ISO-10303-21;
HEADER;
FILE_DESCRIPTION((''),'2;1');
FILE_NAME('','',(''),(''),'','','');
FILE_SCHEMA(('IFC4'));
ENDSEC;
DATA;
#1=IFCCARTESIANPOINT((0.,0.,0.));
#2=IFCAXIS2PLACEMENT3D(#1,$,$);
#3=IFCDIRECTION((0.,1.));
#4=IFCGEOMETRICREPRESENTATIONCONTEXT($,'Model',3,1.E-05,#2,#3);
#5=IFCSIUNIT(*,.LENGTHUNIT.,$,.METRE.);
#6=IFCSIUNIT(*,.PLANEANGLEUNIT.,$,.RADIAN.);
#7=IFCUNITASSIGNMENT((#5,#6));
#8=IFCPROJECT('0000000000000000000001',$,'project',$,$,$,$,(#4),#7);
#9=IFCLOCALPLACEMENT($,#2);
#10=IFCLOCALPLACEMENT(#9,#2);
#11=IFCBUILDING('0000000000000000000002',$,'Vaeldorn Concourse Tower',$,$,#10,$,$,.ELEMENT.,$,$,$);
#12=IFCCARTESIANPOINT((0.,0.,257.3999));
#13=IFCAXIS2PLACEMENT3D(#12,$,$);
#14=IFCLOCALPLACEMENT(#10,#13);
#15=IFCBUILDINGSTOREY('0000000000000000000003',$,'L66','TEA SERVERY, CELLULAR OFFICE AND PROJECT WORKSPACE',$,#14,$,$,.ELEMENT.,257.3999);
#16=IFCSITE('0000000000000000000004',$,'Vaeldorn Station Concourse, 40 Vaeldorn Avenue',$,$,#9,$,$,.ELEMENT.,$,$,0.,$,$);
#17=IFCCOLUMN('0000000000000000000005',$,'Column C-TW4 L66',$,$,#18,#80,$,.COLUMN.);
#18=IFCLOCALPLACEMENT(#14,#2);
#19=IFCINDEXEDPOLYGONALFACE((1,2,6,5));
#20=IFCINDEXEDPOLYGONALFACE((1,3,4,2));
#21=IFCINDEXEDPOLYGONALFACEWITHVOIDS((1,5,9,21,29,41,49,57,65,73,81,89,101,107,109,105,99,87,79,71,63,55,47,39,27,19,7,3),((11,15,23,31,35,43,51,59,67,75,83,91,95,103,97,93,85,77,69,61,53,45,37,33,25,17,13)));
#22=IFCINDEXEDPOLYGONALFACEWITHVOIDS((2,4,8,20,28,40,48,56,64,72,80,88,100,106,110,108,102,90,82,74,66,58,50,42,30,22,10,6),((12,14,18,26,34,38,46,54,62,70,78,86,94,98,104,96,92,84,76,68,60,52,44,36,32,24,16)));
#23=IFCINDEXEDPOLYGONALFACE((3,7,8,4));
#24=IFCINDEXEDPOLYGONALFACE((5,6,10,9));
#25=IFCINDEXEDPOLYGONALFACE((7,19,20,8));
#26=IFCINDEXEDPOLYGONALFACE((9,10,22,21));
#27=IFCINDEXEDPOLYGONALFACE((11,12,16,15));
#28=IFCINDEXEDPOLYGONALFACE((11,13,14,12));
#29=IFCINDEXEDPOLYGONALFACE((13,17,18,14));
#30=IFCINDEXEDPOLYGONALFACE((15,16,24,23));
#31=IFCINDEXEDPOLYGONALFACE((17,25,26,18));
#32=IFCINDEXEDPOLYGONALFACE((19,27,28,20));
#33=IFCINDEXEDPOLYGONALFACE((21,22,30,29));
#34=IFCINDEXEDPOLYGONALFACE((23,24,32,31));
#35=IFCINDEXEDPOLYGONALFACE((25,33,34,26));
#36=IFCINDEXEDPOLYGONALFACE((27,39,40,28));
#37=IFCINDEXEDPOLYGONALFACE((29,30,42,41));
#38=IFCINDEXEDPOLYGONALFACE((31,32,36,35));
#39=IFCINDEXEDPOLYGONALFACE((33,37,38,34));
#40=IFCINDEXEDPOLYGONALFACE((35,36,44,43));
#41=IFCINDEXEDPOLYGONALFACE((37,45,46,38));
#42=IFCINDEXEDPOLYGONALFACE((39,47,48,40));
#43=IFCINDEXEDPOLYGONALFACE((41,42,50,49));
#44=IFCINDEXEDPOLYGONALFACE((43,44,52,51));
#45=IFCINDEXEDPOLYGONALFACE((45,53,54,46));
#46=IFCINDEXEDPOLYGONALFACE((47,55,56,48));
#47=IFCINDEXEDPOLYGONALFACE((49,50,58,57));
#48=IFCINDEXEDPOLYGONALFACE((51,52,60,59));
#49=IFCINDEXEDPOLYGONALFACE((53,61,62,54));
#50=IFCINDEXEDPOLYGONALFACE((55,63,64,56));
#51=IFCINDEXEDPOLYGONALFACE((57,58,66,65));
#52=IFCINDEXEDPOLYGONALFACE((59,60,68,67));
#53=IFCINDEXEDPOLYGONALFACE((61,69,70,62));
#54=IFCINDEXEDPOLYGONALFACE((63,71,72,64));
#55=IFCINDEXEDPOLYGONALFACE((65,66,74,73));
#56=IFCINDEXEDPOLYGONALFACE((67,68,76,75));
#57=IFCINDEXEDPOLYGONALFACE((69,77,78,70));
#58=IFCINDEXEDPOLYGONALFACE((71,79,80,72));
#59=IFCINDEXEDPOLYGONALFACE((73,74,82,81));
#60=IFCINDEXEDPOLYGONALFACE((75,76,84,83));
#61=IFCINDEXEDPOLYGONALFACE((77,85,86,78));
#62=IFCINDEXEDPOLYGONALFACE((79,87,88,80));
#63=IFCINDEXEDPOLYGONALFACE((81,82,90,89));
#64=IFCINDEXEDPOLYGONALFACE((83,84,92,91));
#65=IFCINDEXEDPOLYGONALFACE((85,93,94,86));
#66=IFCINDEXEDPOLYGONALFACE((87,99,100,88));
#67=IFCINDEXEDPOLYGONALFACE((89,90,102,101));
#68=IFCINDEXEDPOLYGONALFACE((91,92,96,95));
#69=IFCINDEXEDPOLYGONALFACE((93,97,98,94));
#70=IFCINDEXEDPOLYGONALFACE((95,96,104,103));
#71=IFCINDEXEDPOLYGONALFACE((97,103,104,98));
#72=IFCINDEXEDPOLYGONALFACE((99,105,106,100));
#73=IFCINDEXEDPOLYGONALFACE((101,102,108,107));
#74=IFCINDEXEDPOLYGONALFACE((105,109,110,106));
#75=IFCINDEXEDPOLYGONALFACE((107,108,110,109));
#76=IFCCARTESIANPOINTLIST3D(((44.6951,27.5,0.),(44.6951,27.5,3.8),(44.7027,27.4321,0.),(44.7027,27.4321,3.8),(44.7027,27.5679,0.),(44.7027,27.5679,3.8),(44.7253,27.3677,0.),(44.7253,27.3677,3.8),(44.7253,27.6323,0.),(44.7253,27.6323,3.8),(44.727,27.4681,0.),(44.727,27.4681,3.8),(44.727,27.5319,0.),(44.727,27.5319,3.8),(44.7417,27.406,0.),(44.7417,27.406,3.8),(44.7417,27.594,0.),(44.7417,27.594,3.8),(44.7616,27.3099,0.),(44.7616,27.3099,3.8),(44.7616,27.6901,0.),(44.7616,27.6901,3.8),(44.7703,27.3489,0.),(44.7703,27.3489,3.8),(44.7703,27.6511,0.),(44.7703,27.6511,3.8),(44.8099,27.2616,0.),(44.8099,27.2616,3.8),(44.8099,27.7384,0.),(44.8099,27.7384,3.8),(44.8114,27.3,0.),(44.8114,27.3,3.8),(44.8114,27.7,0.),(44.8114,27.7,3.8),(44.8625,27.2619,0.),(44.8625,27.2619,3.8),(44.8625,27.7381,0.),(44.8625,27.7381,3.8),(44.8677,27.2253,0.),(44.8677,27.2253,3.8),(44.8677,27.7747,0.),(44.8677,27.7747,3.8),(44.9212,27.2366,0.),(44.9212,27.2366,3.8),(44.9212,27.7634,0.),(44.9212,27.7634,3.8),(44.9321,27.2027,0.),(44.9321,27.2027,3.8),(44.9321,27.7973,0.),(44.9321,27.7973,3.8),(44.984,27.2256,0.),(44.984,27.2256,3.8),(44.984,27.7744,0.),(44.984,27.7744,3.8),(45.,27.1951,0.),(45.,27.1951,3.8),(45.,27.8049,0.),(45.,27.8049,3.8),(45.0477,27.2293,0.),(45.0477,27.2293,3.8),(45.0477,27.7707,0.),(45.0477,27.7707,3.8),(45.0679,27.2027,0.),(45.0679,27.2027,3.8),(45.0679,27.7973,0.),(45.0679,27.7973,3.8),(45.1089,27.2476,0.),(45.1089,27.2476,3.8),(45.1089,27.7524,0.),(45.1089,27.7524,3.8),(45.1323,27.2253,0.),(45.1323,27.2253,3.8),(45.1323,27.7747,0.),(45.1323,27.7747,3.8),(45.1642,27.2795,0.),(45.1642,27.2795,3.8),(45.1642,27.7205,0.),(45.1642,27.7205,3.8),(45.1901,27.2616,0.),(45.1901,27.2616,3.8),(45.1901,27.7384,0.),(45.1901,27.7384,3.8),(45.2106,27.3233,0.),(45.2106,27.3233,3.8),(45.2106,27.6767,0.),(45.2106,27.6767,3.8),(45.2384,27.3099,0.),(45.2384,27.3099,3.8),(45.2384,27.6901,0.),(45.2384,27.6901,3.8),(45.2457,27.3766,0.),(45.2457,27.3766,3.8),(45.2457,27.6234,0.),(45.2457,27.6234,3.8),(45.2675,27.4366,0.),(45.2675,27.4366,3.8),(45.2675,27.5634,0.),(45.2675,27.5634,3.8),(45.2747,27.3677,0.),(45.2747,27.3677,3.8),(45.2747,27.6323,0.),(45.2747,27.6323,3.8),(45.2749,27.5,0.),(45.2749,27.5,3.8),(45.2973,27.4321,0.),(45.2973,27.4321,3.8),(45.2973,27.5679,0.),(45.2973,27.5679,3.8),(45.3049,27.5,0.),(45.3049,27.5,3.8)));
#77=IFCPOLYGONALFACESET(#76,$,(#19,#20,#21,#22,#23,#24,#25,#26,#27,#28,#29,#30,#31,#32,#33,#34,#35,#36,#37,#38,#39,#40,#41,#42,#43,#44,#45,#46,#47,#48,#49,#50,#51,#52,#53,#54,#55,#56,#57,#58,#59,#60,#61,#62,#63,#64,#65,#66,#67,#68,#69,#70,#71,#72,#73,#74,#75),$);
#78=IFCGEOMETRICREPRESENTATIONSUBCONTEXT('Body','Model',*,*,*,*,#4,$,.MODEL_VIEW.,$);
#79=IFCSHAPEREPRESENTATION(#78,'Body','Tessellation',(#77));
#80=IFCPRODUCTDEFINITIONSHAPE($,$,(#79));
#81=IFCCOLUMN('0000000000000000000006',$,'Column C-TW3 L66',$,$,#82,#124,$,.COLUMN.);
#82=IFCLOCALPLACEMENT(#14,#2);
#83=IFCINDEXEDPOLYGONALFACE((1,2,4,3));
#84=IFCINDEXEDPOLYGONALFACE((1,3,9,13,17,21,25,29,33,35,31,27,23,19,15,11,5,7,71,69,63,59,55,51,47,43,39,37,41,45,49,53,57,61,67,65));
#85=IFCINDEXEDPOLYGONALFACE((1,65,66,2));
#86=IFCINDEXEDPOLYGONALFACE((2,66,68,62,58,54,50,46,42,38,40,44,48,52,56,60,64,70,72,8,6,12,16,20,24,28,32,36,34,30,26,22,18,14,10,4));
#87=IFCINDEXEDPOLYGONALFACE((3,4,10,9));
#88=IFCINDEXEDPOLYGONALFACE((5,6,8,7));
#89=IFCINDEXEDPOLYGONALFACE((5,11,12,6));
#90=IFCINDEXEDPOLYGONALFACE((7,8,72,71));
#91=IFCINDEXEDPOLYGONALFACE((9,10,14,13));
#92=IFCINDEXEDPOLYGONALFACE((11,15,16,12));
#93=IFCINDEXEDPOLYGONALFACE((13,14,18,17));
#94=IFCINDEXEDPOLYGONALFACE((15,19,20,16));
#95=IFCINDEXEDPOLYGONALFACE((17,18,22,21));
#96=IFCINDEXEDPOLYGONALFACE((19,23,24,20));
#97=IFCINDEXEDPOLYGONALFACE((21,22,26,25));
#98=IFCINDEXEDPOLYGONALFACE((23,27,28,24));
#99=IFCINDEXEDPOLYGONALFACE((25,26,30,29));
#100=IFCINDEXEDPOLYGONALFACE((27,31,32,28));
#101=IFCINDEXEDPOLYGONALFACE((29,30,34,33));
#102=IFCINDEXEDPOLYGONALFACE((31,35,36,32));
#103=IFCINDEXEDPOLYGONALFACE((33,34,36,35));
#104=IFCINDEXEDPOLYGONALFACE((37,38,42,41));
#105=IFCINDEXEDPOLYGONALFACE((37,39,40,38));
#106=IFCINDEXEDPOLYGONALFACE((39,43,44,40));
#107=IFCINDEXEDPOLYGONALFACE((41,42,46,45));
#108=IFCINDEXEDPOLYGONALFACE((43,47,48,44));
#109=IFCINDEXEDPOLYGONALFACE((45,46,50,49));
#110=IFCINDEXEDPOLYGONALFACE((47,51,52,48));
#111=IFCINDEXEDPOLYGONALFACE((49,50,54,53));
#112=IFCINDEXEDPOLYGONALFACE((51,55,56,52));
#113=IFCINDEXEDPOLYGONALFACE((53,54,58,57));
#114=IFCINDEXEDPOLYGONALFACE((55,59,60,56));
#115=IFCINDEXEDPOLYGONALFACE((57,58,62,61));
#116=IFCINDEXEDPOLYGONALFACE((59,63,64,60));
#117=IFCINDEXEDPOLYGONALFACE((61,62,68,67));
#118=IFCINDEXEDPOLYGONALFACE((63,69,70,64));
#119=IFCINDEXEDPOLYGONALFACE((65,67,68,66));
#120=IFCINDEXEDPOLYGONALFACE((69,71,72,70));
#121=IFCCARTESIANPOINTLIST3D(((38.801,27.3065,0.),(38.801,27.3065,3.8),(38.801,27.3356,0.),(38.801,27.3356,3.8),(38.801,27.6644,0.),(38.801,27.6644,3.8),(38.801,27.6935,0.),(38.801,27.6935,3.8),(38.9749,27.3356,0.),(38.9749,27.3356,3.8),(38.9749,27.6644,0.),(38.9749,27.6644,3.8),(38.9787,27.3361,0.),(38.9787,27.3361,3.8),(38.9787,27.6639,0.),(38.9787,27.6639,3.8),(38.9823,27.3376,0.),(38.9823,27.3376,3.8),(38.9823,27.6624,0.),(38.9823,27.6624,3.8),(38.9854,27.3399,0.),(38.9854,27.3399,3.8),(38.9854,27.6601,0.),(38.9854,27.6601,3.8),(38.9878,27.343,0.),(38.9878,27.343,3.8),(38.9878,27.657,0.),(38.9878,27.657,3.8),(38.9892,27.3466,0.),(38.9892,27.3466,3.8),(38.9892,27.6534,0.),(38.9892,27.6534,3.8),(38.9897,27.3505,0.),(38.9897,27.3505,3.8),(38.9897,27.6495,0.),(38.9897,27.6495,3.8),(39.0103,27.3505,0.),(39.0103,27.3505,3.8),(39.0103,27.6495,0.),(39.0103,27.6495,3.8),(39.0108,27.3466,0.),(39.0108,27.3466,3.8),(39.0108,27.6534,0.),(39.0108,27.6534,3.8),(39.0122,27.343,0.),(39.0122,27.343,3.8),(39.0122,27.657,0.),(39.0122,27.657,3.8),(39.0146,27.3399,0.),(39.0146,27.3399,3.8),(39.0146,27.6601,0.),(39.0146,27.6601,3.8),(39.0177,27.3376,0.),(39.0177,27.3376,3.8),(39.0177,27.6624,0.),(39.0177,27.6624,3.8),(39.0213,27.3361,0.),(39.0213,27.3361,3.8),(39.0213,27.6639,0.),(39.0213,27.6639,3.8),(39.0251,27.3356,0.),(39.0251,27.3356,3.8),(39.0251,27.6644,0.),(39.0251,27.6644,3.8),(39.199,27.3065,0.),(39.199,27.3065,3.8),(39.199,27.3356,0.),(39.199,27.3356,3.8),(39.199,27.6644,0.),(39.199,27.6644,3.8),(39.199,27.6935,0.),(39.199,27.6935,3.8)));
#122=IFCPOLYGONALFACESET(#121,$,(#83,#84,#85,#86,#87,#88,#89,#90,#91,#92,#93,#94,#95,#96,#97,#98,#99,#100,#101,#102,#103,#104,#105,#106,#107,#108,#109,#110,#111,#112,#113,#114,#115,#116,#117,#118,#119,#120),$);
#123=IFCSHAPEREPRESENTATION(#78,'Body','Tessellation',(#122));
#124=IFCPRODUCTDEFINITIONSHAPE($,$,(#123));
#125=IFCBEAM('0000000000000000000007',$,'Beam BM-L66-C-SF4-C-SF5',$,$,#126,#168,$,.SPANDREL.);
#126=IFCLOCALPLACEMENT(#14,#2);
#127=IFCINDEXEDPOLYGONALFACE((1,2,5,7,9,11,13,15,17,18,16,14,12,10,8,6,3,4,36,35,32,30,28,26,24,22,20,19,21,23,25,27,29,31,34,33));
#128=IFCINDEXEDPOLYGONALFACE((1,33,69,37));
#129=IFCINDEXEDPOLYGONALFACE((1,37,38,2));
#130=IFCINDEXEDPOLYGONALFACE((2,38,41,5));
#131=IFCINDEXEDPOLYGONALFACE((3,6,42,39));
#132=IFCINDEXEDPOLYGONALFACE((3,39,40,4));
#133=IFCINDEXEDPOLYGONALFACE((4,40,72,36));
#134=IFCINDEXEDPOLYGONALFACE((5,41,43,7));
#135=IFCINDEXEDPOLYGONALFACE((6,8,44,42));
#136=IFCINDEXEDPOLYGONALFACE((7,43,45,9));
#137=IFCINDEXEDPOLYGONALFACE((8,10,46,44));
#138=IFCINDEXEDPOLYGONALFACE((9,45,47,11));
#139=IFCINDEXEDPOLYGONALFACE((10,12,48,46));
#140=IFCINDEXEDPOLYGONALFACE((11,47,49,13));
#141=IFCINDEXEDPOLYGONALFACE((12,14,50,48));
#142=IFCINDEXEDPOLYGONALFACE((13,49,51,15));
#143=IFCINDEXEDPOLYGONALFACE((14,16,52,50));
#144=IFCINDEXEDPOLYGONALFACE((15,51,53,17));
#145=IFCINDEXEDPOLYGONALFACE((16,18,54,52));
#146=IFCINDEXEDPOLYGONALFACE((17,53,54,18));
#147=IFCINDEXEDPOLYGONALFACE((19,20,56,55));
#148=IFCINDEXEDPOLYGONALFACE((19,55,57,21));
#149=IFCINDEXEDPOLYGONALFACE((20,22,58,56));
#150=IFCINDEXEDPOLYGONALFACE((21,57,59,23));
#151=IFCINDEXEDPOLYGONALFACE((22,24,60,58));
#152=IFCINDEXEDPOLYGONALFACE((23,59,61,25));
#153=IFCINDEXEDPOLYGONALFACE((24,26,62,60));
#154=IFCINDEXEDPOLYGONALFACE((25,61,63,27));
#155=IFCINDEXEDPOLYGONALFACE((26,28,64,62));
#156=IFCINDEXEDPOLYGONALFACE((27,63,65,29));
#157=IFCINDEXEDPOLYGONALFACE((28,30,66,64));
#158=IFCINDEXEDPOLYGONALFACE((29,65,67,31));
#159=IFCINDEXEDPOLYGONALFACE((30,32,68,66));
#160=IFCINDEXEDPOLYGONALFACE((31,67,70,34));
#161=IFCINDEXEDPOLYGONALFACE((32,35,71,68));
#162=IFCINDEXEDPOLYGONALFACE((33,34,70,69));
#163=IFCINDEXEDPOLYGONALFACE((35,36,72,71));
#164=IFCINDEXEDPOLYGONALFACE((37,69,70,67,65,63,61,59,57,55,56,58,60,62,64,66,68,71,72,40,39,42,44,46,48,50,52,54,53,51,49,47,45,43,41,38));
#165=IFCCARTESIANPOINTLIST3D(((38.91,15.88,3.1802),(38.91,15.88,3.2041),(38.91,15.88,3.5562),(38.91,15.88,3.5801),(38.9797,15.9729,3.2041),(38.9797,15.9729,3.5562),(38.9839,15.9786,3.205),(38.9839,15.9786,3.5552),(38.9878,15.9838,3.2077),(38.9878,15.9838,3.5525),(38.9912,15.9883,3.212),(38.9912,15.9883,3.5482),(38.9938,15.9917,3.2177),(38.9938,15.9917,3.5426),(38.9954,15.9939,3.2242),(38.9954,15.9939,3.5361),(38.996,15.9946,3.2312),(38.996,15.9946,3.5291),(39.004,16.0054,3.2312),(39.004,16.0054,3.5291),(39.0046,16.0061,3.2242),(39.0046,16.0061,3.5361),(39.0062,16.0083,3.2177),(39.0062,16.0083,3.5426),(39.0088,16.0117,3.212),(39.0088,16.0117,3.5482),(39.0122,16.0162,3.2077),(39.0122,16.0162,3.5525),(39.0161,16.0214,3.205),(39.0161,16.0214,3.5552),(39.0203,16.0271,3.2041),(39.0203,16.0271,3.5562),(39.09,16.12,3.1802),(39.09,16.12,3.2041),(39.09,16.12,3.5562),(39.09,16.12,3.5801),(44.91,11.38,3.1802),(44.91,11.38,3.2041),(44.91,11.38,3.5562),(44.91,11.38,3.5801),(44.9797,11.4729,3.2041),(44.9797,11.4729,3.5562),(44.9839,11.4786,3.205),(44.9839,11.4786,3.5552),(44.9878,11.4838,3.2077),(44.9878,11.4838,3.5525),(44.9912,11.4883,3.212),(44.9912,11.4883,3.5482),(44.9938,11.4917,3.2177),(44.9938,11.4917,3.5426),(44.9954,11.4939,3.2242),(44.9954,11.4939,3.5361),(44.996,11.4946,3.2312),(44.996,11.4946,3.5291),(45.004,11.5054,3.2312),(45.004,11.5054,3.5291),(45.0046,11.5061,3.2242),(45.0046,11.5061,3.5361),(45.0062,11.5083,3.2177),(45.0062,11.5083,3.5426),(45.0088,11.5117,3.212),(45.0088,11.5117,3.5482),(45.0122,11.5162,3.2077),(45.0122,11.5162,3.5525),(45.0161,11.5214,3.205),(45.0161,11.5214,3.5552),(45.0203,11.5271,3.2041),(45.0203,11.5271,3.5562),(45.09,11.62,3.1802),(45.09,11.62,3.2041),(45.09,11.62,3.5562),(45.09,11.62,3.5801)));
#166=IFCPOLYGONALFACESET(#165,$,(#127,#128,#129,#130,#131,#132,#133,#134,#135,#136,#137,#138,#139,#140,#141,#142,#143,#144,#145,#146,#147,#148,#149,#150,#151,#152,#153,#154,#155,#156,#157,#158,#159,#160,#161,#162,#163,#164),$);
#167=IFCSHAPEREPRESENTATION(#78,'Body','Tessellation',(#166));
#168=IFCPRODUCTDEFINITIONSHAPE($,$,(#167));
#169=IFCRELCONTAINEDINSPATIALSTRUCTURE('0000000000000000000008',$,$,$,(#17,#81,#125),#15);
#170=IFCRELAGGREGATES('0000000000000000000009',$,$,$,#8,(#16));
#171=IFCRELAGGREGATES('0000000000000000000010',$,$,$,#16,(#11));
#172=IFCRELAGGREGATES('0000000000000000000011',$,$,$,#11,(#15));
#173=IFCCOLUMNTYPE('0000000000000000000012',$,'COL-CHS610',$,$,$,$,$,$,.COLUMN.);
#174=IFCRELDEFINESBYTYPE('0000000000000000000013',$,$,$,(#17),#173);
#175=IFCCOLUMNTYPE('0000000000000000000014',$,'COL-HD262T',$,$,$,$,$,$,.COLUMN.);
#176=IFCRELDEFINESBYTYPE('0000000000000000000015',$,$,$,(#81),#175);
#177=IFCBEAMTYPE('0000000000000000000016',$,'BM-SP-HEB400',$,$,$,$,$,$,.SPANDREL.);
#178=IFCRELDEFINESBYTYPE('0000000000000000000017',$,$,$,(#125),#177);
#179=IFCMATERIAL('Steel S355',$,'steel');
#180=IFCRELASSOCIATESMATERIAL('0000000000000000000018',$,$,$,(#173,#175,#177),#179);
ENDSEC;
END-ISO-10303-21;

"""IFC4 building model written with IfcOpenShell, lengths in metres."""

from ifc_helpers import new_model, si_unit, direction, frame, origin, origin_2d, place, context, subcontext, project, spatial, hollow_circle, i_section, extrude, source, transform, mapped, material, material_profile, profile_set, type_object, element, save


model = new_model("IFC4")

# Units and contexts
model_context = context("Model", 3, precision=1e-05, world=origin(), true_north=direction((0.0, 1.0)))
body_context = subcontext(model_context, "Body", "Model", "MODEL_VIEW")
ifc_project = project(units=[si_unit("LENGTHUNIT", "METRE"), si_unit("PLANEANGLEUNIT", "RADIAN")], contexts=[model_context])

# Site, building, storey
site_placement = place(None, origin())
site = spatial("IfcSite", under=ifc_project, at=site_placement, Name="Vaeldorn Station Concourse, 40 Vaeldorn Avenue", CompositionType="ELEMENT", RefElevation=0.0)
building_placement = place(site_placement, origin())
building = spatial("IfcBuilding", under=site, at=building_placement, Name="Vaeldorn Concourse Tower", CompositionType="ELEMENT")
storey_placement = place(building_placement, frame((0.0, 0.0, 257.3999)))
storey = spatial("IfcBuildingStorey", under=building, at=storey_placement, Name="L66", Description="TEA SERVERY, CELLULAR OFFICE AND PROJECT WORKSPACE", CompositionType="ELEMENT", Elevation=257.3999)

# Columns
ifc_material_1 = material(Name="Steel S355", Category="steel")
ifc_material_profile_1 = material_profile(ifc_material_1, hollow_circle(Radius=0.3049, WallThickness=0.03, at=origin_2d()), Name="CHS 610x30")
ifc_profile_set_1 = profile_set([ifc_material_profile_1], Name="Steel S355")
column_type_1 = type_object("IfcColumnType", Name="COL-CHS610", PredefinedType="COLUMN", material=ifc_profile_set_1)
shared_shape_1 = source(origin(), body_context, "Body", "SweptSolid", [
    extrude(hollow_circle(Radius=0.3049, WallThickness=0.03, at=origin_2d()), origin(), (0.0, 0.0, 1.0), 3.8),
])
column_1_placement = place(storey_placement, frame((45.0, 27.5, 0.0), z_axis=(0.0, 0.0, 1.0), x_axis=(1.0, 0.0, 0.0)))
element("IfcColumn", 1, at=column_1_placement, inside=storey, type_object=column_type_1, Name="Column C-TW4 L66", PredefinedType="COLUMN", context=body_context, shape_type="MappedRepresentation", body=[
    mapped(shared_shape_1, transform((0.0, 0.0, 0.0), scale=1.0)),
])
ifc_material_profile_2 = material_profile(ifc_material_1, i_section(OverallWidth=0.3979, OverallDepth=0.387, WebThickness=0.0205, FlangeThickness=0.0291, FilletRadius=0.0149, at=origin_2d()), Name="HD 400x262")
ifc_profile_set_2 = profile_set([ifc_material_profile_2], Name="Steel S355")
column_type_2 = type_object("IfcColumnType", Name="COL-HD262T", PredefinedType="COLUMN", material=ifc_profile_set_2)
shared_shape_2 = source(origin(), body_context, "Body", "SweptSolid", [
    extrude(i_section(OverallWidth=0.3979, OverallDepth=0.387, WebThickness=0.0205, FlangeThickness=0.0291, FilletRadius=0.0149, at=origin_2d()), origin(), (0.0, 0.0, 1.0), 3.8),
])
column_2_placement = place(storey_placement, frame((39.0, 27.5, 0.0), z_axis=(0.0, 0.0, 1.0), x_axis=(1.0, 0.0, 0.0)))
element("IfcColumn", 2, at=column_2_placement, inside=storey, type_object=column_type_2, Name="Column C-TW3 L66", PredefinedType="COLUMN", context=body_context, shape_type="MappedRepresentation", body=[
    mapped(shared_shape_2, transform((0.0, 0.0, 0.0), scale=1.0)),
])

# Beam
ifc_material_profile_3 = material_profile(ifc_material_1, i_section(OverallWidth=0.3, OverallDepth=0.3999, WebThickness=0.0134, FlangeThickness=0.0239, FilletRadius=0.0271, at=origin_2d()), Name="HEB 400")
ifc_profile_set_3 = profile_set([ifc_material_profile_3], Name="Steel S355")
beam_type_1 = type_object("IfcBeamType", Name="BM-SP-HEB400", PredefinedType="SPANDREL", material=ifc_profile_set_3)
shared_shape_3 = source(origin(), body_context, "Body", "SweptSolid", [
    extrude(i_section(OverallWidth=0.3, OverallDepth=0.3999, WebThickness=0.0134, FlangeThickness=0.0239, FilletRadius=0.0271, at=origin_2d()), origin(), (0.0, 0.0, 1.0), 7.5),
])
beam_1_placement = place(storey_placement, frame((39.0, 16.0, 3.3801), z_axis=(0.8, -0.6, 0.0), x_axis=(0.6, 0.8, 0.0)))
element("IfcBeam", 3, at=beam_1_placement, inside=storey, type_object=beam_type_1, Name="Beam BM-L66-C-SF4-C-SF5", PredefinedType="SPANDREL", context=body_context, shape_type="MappedRepresentation", body=[
    mapped(shared_shape_3, transform((0.0, 0.0, 0.0), scale=1.0)),
])

save(model, "model.ifc")
